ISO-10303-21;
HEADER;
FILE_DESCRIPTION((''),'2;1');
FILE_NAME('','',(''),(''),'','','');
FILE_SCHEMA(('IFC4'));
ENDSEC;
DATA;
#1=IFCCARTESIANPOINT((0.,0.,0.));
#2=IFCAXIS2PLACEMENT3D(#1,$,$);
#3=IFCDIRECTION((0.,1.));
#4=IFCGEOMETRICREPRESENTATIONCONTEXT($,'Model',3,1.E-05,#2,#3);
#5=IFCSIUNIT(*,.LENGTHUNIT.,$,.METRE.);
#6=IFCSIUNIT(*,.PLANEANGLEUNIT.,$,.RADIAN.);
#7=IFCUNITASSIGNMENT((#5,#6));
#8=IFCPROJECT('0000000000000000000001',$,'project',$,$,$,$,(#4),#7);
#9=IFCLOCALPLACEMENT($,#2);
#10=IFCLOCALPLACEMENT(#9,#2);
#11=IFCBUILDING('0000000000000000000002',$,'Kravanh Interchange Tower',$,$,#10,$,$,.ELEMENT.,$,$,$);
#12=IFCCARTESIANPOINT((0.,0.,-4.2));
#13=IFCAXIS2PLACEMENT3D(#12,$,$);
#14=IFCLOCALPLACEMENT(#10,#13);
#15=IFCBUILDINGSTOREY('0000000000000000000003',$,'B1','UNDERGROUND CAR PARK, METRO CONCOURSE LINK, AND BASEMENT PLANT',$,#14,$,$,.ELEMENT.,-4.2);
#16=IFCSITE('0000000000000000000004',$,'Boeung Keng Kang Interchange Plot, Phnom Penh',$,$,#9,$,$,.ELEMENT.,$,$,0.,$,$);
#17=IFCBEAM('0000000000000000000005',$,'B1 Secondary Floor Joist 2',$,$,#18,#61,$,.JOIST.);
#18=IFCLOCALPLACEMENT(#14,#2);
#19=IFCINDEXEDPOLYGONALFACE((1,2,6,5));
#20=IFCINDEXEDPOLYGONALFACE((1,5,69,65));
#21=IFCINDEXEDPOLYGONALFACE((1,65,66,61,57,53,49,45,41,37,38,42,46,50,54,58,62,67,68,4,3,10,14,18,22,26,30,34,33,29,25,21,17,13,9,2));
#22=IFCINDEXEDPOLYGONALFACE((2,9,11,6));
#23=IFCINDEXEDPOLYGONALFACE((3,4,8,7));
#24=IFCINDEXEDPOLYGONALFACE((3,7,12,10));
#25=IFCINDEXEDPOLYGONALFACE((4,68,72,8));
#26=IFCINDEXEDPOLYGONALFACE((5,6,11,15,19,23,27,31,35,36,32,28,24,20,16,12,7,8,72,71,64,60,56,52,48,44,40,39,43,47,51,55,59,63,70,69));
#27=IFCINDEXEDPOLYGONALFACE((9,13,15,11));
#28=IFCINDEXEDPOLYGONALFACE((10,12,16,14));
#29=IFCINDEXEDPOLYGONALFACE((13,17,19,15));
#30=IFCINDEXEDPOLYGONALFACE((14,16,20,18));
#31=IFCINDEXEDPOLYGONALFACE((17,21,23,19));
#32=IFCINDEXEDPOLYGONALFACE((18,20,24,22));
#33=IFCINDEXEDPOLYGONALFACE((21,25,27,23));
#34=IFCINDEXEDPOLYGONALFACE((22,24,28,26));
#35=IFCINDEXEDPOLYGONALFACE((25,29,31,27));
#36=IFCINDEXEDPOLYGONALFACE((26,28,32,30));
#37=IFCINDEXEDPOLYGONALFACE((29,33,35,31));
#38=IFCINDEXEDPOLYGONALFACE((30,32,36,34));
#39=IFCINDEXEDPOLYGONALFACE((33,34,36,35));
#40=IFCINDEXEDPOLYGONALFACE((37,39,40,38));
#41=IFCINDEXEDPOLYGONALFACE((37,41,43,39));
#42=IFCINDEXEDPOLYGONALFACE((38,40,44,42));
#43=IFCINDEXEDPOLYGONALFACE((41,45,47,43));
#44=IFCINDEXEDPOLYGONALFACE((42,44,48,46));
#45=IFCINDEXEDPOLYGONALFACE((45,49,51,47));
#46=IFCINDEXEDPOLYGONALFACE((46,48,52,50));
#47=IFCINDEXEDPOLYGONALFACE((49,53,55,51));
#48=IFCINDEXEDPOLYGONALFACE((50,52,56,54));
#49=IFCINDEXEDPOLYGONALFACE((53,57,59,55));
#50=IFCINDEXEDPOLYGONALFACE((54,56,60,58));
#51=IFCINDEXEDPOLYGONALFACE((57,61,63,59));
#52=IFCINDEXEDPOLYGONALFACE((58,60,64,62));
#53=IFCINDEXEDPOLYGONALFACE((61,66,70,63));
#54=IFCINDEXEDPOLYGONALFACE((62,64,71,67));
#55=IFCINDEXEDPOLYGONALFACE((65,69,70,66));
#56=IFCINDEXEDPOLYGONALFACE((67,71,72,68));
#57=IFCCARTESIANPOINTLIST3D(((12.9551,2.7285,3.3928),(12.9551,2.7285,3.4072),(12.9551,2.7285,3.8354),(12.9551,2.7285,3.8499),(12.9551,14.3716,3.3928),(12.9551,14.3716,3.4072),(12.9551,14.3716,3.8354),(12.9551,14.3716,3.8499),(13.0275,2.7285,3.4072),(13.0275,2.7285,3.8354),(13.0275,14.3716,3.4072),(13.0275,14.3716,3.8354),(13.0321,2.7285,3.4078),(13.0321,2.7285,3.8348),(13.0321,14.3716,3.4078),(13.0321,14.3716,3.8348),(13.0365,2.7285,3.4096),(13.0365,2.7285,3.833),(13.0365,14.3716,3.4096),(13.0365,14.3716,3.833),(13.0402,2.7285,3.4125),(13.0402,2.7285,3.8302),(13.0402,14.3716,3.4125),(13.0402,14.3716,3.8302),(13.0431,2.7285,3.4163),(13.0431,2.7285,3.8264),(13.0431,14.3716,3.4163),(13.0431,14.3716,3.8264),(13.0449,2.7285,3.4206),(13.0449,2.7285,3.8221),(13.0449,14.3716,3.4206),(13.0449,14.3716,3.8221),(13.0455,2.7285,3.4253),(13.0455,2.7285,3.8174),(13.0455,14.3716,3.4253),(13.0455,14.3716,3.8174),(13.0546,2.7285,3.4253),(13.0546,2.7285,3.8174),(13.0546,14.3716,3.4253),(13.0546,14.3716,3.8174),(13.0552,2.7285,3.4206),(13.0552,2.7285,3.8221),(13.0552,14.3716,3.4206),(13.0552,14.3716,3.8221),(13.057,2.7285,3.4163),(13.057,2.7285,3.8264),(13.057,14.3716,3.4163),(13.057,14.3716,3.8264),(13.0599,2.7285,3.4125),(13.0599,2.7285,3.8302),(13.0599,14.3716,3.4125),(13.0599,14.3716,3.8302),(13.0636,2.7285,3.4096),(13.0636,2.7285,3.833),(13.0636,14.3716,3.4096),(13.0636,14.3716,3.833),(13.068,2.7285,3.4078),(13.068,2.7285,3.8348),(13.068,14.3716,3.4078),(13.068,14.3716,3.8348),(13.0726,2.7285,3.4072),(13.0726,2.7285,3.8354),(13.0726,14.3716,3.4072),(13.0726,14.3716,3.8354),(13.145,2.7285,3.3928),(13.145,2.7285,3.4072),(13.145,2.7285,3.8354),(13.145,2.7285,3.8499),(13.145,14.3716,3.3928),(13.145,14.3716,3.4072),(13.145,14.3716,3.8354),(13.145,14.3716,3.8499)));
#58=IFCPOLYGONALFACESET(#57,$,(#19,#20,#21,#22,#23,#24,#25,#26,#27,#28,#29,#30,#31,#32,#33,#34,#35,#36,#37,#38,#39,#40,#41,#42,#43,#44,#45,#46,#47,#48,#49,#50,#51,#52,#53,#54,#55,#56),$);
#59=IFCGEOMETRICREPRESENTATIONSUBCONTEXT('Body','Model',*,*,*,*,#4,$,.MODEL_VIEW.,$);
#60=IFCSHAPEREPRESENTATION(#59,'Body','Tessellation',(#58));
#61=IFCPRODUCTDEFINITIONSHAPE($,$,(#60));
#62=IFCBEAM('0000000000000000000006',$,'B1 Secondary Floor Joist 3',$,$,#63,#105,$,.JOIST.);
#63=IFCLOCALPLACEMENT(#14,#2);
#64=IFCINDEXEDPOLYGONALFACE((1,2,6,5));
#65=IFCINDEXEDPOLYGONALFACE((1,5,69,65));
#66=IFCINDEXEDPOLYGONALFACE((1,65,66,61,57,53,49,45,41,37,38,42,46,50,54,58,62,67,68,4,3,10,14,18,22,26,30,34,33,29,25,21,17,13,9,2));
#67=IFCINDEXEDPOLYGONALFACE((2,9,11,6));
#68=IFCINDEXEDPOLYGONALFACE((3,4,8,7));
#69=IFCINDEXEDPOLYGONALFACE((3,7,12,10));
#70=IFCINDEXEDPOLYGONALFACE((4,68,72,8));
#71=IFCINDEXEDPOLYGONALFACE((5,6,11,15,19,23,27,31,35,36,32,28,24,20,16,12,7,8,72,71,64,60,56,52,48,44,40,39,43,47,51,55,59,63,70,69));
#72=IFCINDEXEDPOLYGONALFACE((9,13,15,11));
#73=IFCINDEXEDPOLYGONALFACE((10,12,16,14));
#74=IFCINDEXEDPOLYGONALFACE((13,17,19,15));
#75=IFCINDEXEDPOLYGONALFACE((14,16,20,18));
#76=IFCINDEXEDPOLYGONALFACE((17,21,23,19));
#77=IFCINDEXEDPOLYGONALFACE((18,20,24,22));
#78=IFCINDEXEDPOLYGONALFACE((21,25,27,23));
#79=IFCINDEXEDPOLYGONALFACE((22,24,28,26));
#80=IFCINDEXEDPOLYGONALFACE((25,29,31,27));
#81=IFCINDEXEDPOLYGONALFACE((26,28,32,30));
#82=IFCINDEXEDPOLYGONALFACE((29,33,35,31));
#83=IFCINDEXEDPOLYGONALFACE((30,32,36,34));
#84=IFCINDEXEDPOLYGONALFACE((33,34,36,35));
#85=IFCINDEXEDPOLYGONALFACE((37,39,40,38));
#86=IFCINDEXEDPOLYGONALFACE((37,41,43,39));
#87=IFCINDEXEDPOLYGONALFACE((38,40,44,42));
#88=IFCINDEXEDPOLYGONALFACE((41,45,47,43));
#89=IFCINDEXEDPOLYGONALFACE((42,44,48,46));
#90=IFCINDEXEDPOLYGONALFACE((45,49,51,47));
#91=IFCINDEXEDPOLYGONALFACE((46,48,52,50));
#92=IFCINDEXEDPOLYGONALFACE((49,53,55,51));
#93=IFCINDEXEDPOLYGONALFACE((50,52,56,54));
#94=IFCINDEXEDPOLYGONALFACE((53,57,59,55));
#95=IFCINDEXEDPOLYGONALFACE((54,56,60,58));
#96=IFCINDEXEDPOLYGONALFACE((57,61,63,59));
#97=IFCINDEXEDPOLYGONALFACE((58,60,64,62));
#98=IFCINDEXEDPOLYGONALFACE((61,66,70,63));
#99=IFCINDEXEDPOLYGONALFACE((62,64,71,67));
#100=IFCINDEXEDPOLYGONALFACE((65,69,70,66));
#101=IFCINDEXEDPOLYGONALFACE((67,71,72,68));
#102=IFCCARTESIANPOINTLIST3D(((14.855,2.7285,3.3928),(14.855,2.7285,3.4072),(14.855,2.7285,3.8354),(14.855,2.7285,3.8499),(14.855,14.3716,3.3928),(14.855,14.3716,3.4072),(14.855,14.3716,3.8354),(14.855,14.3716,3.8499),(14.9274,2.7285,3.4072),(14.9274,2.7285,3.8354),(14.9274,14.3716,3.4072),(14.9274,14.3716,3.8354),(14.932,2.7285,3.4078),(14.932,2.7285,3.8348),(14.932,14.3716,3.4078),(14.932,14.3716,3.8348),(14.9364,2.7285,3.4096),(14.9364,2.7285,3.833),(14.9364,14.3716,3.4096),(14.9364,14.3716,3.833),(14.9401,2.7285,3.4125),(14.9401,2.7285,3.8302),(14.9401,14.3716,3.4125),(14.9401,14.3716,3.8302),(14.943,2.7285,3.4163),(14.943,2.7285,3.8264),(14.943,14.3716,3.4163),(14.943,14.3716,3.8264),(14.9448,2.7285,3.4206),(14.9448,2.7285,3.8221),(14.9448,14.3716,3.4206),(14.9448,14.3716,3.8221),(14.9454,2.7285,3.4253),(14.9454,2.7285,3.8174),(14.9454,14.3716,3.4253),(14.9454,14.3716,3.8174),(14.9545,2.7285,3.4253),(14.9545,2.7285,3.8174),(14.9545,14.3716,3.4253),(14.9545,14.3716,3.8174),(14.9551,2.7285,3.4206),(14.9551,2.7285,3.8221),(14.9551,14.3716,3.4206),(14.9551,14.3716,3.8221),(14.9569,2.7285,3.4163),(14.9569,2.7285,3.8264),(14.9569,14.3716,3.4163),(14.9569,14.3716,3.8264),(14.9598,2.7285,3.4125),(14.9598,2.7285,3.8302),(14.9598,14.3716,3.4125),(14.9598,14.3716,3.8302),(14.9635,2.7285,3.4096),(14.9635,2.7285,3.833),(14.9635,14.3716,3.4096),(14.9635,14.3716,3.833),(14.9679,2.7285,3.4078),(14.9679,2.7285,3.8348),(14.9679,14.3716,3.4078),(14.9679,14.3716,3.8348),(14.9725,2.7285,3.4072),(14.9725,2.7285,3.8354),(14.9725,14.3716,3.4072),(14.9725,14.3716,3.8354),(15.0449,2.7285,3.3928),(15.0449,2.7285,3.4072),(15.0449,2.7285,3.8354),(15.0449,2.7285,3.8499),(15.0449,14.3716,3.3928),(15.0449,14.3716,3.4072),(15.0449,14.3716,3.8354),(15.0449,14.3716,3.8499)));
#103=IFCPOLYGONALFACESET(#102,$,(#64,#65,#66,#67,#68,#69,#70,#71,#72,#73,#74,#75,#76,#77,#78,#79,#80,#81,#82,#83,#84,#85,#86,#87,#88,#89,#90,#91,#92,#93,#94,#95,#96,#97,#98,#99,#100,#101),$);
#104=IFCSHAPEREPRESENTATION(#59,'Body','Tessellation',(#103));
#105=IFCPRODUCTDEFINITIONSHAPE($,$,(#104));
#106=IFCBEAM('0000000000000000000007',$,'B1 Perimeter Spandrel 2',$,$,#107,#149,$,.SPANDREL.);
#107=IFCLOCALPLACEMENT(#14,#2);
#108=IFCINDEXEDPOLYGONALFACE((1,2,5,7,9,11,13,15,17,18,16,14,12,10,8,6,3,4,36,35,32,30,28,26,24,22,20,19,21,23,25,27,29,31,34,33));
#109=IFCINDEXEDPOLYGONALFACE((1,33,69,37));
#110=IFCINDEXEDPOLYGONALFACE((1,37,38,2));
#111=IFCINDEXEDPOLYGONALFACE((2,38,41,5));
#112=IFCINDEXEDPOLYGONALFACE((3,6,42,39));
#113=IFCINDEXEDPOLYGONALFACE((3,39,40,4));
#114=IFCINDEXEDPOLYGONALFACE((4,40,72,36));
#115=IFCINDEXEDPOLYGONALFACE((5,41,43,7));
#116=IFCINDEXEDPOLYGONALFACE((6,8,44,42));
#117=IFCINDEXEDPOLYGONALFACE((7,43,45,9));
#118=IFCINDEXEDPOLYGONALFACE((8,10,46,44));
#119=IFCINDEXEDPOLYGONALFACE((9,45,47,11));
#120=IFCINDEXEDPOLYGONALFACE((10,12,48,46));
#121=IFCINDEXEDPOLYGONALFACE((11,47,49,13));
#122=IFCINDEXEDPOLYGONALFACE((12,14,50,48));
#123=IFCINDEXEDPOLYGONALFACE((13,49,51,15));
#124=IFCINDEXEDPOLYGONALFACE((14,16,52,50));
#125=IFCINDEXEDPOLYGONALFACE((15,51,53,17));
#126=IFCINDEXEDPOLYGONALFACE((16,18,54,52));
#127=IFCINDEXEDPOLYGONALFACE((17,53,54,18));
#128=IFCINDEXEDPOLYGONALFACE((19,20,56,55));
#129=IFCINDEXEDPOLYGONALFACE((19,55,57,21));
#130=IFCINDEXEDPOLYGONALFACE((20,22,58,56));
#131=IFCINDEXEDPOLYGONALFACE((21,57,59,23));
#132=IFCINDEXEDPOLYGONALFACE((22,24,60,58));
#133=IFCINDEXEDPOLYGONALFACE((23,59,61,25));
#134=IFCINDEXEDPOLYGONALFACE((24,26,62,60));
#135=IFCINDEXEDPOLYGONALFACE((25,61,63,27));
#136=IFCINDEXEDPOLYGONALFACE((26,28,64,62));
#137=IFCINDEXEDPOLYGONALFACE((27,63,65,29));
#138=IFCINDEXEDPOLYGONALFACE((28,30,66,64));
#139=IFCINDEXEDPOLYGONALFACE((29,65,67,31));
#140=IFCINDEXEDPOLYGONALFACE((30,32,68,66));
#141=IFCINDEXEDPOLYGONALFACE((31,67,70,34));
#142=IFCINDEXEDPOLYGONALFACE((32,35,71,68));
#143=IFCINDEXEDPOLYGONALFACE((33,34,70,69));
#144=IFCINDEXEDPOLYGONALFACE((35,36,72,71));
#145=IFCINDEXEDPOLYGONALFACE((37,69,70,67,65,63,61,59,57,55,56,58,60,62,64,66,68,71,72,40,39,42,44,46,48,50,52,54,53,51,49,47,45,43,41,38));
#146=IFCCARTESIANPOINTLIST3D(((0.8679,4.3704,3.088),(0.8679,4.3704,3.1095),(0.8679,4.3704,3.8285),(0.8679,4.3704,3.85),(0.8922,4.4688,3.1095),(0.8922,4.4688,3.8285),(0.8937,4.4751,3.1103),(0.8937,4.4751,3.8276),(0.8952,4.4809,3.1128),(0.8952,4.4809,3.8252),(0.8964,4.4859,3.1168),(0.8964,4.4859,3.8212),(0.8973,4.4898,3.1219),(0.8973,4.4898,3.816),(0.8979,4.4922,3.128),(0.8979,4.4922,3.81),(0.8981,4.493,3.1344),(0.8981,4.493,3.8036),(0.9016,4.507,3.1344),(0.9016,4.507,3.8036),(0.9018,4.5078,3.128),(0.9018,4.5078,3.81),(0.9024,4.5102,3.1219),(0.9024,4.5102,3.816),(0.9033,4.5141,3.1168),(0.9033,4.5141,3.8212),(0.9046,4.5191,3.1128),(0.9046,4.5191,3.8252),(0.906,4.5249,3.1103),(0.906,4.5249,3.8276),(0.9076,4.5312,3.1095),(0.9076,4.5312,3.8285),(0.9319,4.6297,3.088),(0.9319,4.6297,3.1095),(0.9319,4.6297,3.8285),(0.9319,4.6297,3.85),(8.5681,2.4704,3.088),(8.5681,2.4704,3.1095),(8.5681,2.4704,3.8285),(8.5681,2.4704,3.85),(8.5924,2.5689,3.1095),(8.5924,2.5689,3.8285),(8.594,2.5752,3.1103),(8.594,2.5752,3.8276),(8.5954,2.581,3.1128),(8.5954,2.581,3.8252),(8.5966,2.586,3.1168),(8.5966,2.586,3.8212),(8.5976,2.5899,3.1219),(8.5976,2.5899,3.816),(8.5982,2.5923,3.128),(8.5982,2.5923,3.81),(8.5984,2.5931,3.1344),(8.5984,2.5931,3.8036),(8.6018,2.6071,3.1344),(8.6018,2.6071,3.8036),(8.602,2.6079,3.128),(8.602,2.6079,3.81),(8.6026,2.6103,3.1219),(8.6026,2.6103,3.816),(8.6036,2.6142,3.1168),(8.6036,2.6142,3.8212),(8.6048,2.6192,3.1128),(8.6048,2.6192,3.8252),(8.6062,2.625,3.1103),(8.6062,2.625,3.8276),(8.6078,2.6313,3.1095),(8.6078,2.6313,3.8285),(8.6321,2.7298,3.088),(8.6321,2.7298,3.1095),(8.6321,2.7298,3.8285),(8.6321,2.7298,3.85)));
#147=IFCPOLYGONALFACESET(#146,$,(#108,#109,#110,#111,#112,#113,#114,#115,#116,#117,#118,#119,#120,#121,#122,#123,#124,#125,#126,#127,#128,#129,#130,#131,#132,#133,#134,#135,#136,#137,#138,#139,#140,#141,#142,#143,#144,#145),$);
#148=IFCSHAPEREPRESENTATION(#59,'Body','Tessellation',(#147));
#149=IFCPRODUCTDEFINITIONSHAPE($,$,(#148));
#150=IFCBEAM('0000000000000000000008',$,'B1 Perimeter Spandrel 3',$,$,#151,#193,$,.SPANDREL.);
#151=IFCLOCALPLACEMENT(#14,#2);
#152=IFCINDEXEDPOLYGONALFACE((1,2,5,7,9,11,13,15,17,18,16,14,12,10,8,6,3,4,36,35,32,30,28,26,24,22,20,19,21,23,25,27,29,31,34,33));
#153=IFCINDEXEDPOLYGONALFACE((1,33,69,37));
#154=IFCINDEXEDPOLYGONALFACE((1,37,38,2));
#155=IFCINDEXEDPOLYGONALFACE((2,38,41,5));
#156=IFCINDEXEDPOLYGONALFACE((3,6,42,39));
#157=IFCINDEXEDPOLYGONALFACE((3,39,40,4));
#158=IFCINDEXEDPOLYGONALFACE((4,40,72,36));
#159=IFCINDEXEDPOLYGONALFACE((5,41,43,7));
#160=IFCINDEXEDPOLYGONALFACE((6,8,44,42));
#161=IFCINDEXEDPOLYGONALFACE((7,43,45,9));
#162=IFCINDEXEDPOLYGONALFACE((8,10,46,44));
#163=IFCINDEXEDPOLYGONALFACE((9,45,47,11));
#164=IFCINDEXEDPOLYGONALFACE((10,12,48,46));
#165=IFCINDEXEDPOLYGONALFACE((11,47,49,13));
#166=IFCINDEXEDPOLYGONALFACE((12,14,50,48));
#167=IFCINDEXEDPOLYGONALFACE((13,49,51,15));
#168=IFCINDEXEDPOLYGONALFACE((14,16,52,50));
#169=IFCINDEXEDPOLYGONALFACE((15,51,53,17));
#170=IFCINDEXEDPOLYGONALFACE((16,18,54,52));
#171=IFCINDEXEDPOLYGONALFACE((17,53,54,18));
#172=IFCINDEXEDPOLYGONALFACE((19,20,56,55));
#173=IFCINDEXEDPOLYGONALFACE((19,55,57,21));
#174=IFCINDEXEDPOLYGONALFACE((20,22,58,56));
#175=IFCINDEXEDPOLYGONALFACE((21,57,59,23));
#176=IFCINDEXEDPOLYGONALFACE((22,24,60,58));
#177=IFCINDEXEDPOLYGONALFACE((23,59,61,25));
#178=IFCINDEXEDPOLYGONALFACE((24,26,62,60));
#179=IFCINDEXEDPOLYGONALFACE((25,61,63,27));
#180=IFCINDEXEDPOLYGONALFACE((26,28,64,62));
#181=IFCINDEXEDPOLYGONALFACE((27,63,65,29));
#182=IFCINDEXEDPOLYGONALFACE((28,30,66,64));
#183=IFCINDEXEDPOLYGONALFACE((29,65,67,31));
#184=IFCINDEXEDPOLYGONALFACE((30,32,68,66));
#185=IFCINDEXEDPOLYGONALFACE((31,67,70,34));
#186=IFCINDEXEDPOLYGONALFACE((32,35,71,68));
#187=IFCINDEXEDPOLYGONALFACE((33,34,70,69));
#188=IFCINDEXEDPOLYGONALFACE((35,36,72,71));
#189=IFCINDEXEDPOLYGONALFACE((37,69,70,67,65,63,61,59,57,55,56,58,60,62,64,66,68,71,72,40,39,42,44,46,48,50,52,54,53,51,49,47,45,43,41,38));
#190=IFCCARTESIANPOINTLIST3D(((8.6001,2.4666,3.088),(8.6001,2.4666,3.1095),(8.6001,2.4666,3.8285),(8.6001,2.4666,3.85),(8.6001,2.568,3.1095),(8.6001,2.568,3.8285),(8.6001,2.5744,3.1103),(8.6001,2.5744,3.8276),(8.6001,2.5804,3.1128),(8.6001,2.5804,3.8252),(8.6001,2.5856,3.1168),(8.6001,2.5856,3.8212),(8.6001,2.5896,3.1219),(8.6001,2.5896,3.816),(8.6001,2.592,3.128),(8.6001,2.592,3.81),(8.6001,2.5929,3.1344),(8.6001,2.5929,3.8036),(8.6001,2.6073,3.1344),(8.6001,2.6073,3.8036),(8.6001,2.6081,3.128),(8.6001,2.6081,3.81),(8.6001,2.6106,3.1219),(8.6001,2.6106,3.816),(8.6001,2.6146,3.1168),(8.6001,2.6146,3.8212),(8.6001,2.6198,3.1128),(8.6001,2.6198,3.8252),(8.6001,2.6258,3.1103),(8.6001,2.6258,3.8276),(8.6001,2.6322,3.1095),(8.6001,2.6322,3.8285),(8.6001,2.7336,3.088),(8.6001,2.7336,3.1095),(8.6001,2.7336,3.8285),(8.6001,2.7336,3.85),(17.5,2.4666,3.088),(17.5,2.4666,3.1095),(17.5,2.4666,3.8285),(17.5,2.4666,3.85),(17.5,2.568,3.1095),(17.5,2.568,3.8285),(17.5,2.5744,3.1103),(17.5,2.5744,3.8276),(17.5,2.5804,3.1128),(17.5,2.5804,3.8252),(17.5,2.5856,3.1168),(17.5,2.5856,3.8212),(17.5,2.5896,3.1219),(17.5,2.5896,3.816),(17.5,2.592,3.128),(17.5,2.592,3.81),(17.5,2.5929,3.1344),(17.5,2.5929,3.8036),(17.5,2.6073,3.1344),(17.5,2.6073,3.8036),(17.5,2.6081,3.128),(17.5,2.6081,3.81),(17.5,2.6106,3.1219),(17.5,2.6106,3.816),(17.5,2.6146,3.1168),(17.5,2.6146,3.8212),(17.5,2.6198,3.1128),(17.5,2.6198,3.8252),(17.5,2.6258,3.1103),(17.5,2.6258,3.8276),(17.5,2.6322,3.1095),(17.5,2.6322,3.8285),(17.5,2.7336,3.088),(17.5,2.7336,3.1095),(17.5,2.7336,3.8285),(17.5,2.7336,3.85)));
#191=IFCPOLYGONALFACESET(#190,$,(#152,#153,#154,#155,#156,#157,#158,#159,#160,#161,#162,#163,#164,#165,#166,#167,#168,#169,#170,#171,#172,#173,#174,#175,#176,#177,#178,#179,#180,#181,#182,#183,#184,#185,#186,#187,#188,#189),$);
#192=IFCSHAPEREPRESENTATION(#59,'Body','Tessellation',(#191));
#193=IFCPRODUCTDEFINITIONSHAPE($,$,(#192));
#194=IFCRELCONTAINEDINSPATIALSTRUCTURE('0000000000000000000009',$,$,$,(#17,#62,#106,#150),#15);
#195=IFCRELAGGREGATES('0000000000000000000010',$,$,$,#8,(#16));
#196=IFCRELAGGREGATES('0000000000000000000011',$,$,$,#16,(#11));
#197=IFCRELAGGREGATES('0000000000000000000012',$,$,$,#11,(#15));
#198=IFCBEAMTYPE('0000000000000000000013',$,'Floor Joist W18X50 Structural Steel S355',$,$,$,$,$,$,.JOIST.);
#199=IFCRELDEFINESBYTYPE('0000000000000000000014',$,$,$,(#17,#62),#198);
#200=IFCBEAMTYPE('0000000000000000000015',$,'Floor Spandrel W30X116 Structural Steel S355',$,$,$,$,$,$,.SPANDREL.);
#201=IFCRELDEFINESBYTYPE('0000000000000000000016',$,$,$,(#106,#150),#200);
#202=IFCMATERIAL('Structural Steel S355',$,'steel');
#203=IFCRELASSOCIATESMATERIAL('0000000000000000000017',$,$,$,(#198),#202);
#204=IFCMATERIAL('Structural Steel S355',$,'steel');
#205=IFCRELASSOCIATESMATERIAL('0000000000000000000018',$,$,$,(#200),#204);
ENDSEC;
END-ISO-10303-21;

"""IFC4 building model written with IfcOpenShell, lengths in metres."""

from ifc_helpers import new_model, si_unit, direction, frame, origin, origin_2d, place, context, subcontext, project, spatial, i_section, extrude, material, material_profile, profile_set, type_object, element, save


model = new_model("IFC4")

# Units and contexts
model_context = context("Model", 3, precision=1e-05, world=origin(), true_north=direction((0.0, 1.0)))
body_context = subcontext(model_context, "Body", "Model", "MODEL_VIEW")
ifc_project = project(units=[si_unit("LENGTHUNIT", "METRE"), si_unit("PLANEANGLEUNIT", "RADIAN")], contexts=[model_context])

# Site, building, storey
site_placement = place(None, origin())
site = spatial("IfcSite", under=ifc_project, at=site_placement, Name="Boeung Keng Kang Interchange Plot, Phnom Penh", CompositionType="ELEMENT", RefElevation=0.0)
building_placement = place(site_placement, origin())
building = spatial("IfcBuilding", under=site, at=building_placement, Name="Kravanh Interchange Tower", CompositionType="ELEMENT")
storey_placement = place(building_placement, frame((0.0, 0.0, -4.2)))
storey = spatial("IfcBuildingStorey", under=building, at=storey_placement, Name="B1", Description="UNDERGROUND CAR PARK, METRO CONCOURSE LINK, AND BASEMENT PLANT", CompositionType="ELEMENT", Elevation=-4.2)

# Beams
ifc_material_1 = material(Name="Structural Steel S355", Category="steel")
ifc_material_profile_1 = material_profile(ifc_material_1, i_section(OverallWidth=0.1899, OverallDepth=0.457, WebThickness=0.009, FlangeThickness=0.0144, FilletRadius=0.0181, at=origin_2d()), Name="W18X50")
ifc_profile_set_1 = profile_set([ifc_material_profile_1], Name="Structural Steel S355")
beam_type_1 = type_object("IfcBeamType", Name="Floor Joist W18X50 Structural Steel S355", PredefinedType="JOIST", material=ifc_profile_set_1)
for number, where, z_axis, x_axis, name in (
    (1, (13.05, 2.7285, 3.6213), (0.0, 1.0, 0.0), (-1.0, 0.0, 0.0), "B1 Secondary Floor Joist 2"),
    (2, (14.95, 2.7285, 3.6213), (0.0, 1.0, 0.0), (-1.0, 0.0, 0.0), "B1 Secondary Floor Joist 3"),
):
    element("IfcBeam", number, at=place(storey_placement, frame(where, z_axis=z_axis, x_axis=x_axis)), inside=storey, type_object=beam_type_1, Name=name, PredefinedType="JOIST", context=body_context, shape_type="SweptSolid", body=[
        extrude(i_section(OverallWidth=0.1899, OverallDepth=0.457, WebThickness=0.009, FlangeThickness=0.0144, FilletRadius=0.0181, at=origin_2d()), origin(), (0.0, 0.0, 1.0), 11.6431),
    ])
ifc_material_2 = material(Name="Structural Steel S355", Category="steel")
ifc_material_profile_2 = material_profile(ifc_material_2, i_section(OverallWidth=0.2671, OverallDepth=0.762, WebThickness=0.0144, FlangeThickness=0.0215, FilletRadius=0.0249, at=origin_2d()), Name="W30X116")
ifc_profile_set_2 = profile_set([ifc_material_profile_2], Name="Structural Steel S355")
beam_type_2 = type_object("IfcBeamType", Name="Floor Spandrel W30X116 Structural Steel S355", PredefinedType="SPANDREL", material=ifc_profile_set_2)
beam_1_placement = place(storey_placement, frame((8.6001, 2.6001, 3.469), z_axis=(-0.970884, 0.23955, 0.0), x_axis=(-0.23955, -0.970884, 0.0)))
element("IfcBeam", 3, at=beam_1_placement, inside=storey, type_object=beam_type_2, Name="B1 Perimeter Spandrel 2", PredefinedType="SPANDREL", context=body_context, shape_type="SweptSolid", body=[
    extrude(i_section(OverallWidth=0.2671, OverallDepth=0.762, WebThickness=0.0144, FlangeThickness=0.0215, FilletRadius=0.0249, at=origin_2d()), origin(), (0.0, 0.0, 1.0), 7.9312),
])
beam_2_placement = place(storey_placement, frame((8.6001, 2.6001, 3.469), z_axis=(1.0, 0.0, 0.0), x_axis=(0.0, 1.0, 0.0)))
element("IfcBeam", 4, at=beam_2_placement, inside=storey, type_object=beam_type_2, Name="B1 Perimeter Spandrel 3", PredefinedType="SPANDREL", context=body_context, shape_type="SweptSolid", body=[
    extrude(i_section(OverallWidth=0.2671, OverallDepth=0.762, WebThickness=0.0144, FlangeThickness=0.0215, FilletRadius=0.0249, at=origin_2d()), origin(), (0.0, 0.0, 1.0), 8.8999),
])

save(model, "model.ifc")
